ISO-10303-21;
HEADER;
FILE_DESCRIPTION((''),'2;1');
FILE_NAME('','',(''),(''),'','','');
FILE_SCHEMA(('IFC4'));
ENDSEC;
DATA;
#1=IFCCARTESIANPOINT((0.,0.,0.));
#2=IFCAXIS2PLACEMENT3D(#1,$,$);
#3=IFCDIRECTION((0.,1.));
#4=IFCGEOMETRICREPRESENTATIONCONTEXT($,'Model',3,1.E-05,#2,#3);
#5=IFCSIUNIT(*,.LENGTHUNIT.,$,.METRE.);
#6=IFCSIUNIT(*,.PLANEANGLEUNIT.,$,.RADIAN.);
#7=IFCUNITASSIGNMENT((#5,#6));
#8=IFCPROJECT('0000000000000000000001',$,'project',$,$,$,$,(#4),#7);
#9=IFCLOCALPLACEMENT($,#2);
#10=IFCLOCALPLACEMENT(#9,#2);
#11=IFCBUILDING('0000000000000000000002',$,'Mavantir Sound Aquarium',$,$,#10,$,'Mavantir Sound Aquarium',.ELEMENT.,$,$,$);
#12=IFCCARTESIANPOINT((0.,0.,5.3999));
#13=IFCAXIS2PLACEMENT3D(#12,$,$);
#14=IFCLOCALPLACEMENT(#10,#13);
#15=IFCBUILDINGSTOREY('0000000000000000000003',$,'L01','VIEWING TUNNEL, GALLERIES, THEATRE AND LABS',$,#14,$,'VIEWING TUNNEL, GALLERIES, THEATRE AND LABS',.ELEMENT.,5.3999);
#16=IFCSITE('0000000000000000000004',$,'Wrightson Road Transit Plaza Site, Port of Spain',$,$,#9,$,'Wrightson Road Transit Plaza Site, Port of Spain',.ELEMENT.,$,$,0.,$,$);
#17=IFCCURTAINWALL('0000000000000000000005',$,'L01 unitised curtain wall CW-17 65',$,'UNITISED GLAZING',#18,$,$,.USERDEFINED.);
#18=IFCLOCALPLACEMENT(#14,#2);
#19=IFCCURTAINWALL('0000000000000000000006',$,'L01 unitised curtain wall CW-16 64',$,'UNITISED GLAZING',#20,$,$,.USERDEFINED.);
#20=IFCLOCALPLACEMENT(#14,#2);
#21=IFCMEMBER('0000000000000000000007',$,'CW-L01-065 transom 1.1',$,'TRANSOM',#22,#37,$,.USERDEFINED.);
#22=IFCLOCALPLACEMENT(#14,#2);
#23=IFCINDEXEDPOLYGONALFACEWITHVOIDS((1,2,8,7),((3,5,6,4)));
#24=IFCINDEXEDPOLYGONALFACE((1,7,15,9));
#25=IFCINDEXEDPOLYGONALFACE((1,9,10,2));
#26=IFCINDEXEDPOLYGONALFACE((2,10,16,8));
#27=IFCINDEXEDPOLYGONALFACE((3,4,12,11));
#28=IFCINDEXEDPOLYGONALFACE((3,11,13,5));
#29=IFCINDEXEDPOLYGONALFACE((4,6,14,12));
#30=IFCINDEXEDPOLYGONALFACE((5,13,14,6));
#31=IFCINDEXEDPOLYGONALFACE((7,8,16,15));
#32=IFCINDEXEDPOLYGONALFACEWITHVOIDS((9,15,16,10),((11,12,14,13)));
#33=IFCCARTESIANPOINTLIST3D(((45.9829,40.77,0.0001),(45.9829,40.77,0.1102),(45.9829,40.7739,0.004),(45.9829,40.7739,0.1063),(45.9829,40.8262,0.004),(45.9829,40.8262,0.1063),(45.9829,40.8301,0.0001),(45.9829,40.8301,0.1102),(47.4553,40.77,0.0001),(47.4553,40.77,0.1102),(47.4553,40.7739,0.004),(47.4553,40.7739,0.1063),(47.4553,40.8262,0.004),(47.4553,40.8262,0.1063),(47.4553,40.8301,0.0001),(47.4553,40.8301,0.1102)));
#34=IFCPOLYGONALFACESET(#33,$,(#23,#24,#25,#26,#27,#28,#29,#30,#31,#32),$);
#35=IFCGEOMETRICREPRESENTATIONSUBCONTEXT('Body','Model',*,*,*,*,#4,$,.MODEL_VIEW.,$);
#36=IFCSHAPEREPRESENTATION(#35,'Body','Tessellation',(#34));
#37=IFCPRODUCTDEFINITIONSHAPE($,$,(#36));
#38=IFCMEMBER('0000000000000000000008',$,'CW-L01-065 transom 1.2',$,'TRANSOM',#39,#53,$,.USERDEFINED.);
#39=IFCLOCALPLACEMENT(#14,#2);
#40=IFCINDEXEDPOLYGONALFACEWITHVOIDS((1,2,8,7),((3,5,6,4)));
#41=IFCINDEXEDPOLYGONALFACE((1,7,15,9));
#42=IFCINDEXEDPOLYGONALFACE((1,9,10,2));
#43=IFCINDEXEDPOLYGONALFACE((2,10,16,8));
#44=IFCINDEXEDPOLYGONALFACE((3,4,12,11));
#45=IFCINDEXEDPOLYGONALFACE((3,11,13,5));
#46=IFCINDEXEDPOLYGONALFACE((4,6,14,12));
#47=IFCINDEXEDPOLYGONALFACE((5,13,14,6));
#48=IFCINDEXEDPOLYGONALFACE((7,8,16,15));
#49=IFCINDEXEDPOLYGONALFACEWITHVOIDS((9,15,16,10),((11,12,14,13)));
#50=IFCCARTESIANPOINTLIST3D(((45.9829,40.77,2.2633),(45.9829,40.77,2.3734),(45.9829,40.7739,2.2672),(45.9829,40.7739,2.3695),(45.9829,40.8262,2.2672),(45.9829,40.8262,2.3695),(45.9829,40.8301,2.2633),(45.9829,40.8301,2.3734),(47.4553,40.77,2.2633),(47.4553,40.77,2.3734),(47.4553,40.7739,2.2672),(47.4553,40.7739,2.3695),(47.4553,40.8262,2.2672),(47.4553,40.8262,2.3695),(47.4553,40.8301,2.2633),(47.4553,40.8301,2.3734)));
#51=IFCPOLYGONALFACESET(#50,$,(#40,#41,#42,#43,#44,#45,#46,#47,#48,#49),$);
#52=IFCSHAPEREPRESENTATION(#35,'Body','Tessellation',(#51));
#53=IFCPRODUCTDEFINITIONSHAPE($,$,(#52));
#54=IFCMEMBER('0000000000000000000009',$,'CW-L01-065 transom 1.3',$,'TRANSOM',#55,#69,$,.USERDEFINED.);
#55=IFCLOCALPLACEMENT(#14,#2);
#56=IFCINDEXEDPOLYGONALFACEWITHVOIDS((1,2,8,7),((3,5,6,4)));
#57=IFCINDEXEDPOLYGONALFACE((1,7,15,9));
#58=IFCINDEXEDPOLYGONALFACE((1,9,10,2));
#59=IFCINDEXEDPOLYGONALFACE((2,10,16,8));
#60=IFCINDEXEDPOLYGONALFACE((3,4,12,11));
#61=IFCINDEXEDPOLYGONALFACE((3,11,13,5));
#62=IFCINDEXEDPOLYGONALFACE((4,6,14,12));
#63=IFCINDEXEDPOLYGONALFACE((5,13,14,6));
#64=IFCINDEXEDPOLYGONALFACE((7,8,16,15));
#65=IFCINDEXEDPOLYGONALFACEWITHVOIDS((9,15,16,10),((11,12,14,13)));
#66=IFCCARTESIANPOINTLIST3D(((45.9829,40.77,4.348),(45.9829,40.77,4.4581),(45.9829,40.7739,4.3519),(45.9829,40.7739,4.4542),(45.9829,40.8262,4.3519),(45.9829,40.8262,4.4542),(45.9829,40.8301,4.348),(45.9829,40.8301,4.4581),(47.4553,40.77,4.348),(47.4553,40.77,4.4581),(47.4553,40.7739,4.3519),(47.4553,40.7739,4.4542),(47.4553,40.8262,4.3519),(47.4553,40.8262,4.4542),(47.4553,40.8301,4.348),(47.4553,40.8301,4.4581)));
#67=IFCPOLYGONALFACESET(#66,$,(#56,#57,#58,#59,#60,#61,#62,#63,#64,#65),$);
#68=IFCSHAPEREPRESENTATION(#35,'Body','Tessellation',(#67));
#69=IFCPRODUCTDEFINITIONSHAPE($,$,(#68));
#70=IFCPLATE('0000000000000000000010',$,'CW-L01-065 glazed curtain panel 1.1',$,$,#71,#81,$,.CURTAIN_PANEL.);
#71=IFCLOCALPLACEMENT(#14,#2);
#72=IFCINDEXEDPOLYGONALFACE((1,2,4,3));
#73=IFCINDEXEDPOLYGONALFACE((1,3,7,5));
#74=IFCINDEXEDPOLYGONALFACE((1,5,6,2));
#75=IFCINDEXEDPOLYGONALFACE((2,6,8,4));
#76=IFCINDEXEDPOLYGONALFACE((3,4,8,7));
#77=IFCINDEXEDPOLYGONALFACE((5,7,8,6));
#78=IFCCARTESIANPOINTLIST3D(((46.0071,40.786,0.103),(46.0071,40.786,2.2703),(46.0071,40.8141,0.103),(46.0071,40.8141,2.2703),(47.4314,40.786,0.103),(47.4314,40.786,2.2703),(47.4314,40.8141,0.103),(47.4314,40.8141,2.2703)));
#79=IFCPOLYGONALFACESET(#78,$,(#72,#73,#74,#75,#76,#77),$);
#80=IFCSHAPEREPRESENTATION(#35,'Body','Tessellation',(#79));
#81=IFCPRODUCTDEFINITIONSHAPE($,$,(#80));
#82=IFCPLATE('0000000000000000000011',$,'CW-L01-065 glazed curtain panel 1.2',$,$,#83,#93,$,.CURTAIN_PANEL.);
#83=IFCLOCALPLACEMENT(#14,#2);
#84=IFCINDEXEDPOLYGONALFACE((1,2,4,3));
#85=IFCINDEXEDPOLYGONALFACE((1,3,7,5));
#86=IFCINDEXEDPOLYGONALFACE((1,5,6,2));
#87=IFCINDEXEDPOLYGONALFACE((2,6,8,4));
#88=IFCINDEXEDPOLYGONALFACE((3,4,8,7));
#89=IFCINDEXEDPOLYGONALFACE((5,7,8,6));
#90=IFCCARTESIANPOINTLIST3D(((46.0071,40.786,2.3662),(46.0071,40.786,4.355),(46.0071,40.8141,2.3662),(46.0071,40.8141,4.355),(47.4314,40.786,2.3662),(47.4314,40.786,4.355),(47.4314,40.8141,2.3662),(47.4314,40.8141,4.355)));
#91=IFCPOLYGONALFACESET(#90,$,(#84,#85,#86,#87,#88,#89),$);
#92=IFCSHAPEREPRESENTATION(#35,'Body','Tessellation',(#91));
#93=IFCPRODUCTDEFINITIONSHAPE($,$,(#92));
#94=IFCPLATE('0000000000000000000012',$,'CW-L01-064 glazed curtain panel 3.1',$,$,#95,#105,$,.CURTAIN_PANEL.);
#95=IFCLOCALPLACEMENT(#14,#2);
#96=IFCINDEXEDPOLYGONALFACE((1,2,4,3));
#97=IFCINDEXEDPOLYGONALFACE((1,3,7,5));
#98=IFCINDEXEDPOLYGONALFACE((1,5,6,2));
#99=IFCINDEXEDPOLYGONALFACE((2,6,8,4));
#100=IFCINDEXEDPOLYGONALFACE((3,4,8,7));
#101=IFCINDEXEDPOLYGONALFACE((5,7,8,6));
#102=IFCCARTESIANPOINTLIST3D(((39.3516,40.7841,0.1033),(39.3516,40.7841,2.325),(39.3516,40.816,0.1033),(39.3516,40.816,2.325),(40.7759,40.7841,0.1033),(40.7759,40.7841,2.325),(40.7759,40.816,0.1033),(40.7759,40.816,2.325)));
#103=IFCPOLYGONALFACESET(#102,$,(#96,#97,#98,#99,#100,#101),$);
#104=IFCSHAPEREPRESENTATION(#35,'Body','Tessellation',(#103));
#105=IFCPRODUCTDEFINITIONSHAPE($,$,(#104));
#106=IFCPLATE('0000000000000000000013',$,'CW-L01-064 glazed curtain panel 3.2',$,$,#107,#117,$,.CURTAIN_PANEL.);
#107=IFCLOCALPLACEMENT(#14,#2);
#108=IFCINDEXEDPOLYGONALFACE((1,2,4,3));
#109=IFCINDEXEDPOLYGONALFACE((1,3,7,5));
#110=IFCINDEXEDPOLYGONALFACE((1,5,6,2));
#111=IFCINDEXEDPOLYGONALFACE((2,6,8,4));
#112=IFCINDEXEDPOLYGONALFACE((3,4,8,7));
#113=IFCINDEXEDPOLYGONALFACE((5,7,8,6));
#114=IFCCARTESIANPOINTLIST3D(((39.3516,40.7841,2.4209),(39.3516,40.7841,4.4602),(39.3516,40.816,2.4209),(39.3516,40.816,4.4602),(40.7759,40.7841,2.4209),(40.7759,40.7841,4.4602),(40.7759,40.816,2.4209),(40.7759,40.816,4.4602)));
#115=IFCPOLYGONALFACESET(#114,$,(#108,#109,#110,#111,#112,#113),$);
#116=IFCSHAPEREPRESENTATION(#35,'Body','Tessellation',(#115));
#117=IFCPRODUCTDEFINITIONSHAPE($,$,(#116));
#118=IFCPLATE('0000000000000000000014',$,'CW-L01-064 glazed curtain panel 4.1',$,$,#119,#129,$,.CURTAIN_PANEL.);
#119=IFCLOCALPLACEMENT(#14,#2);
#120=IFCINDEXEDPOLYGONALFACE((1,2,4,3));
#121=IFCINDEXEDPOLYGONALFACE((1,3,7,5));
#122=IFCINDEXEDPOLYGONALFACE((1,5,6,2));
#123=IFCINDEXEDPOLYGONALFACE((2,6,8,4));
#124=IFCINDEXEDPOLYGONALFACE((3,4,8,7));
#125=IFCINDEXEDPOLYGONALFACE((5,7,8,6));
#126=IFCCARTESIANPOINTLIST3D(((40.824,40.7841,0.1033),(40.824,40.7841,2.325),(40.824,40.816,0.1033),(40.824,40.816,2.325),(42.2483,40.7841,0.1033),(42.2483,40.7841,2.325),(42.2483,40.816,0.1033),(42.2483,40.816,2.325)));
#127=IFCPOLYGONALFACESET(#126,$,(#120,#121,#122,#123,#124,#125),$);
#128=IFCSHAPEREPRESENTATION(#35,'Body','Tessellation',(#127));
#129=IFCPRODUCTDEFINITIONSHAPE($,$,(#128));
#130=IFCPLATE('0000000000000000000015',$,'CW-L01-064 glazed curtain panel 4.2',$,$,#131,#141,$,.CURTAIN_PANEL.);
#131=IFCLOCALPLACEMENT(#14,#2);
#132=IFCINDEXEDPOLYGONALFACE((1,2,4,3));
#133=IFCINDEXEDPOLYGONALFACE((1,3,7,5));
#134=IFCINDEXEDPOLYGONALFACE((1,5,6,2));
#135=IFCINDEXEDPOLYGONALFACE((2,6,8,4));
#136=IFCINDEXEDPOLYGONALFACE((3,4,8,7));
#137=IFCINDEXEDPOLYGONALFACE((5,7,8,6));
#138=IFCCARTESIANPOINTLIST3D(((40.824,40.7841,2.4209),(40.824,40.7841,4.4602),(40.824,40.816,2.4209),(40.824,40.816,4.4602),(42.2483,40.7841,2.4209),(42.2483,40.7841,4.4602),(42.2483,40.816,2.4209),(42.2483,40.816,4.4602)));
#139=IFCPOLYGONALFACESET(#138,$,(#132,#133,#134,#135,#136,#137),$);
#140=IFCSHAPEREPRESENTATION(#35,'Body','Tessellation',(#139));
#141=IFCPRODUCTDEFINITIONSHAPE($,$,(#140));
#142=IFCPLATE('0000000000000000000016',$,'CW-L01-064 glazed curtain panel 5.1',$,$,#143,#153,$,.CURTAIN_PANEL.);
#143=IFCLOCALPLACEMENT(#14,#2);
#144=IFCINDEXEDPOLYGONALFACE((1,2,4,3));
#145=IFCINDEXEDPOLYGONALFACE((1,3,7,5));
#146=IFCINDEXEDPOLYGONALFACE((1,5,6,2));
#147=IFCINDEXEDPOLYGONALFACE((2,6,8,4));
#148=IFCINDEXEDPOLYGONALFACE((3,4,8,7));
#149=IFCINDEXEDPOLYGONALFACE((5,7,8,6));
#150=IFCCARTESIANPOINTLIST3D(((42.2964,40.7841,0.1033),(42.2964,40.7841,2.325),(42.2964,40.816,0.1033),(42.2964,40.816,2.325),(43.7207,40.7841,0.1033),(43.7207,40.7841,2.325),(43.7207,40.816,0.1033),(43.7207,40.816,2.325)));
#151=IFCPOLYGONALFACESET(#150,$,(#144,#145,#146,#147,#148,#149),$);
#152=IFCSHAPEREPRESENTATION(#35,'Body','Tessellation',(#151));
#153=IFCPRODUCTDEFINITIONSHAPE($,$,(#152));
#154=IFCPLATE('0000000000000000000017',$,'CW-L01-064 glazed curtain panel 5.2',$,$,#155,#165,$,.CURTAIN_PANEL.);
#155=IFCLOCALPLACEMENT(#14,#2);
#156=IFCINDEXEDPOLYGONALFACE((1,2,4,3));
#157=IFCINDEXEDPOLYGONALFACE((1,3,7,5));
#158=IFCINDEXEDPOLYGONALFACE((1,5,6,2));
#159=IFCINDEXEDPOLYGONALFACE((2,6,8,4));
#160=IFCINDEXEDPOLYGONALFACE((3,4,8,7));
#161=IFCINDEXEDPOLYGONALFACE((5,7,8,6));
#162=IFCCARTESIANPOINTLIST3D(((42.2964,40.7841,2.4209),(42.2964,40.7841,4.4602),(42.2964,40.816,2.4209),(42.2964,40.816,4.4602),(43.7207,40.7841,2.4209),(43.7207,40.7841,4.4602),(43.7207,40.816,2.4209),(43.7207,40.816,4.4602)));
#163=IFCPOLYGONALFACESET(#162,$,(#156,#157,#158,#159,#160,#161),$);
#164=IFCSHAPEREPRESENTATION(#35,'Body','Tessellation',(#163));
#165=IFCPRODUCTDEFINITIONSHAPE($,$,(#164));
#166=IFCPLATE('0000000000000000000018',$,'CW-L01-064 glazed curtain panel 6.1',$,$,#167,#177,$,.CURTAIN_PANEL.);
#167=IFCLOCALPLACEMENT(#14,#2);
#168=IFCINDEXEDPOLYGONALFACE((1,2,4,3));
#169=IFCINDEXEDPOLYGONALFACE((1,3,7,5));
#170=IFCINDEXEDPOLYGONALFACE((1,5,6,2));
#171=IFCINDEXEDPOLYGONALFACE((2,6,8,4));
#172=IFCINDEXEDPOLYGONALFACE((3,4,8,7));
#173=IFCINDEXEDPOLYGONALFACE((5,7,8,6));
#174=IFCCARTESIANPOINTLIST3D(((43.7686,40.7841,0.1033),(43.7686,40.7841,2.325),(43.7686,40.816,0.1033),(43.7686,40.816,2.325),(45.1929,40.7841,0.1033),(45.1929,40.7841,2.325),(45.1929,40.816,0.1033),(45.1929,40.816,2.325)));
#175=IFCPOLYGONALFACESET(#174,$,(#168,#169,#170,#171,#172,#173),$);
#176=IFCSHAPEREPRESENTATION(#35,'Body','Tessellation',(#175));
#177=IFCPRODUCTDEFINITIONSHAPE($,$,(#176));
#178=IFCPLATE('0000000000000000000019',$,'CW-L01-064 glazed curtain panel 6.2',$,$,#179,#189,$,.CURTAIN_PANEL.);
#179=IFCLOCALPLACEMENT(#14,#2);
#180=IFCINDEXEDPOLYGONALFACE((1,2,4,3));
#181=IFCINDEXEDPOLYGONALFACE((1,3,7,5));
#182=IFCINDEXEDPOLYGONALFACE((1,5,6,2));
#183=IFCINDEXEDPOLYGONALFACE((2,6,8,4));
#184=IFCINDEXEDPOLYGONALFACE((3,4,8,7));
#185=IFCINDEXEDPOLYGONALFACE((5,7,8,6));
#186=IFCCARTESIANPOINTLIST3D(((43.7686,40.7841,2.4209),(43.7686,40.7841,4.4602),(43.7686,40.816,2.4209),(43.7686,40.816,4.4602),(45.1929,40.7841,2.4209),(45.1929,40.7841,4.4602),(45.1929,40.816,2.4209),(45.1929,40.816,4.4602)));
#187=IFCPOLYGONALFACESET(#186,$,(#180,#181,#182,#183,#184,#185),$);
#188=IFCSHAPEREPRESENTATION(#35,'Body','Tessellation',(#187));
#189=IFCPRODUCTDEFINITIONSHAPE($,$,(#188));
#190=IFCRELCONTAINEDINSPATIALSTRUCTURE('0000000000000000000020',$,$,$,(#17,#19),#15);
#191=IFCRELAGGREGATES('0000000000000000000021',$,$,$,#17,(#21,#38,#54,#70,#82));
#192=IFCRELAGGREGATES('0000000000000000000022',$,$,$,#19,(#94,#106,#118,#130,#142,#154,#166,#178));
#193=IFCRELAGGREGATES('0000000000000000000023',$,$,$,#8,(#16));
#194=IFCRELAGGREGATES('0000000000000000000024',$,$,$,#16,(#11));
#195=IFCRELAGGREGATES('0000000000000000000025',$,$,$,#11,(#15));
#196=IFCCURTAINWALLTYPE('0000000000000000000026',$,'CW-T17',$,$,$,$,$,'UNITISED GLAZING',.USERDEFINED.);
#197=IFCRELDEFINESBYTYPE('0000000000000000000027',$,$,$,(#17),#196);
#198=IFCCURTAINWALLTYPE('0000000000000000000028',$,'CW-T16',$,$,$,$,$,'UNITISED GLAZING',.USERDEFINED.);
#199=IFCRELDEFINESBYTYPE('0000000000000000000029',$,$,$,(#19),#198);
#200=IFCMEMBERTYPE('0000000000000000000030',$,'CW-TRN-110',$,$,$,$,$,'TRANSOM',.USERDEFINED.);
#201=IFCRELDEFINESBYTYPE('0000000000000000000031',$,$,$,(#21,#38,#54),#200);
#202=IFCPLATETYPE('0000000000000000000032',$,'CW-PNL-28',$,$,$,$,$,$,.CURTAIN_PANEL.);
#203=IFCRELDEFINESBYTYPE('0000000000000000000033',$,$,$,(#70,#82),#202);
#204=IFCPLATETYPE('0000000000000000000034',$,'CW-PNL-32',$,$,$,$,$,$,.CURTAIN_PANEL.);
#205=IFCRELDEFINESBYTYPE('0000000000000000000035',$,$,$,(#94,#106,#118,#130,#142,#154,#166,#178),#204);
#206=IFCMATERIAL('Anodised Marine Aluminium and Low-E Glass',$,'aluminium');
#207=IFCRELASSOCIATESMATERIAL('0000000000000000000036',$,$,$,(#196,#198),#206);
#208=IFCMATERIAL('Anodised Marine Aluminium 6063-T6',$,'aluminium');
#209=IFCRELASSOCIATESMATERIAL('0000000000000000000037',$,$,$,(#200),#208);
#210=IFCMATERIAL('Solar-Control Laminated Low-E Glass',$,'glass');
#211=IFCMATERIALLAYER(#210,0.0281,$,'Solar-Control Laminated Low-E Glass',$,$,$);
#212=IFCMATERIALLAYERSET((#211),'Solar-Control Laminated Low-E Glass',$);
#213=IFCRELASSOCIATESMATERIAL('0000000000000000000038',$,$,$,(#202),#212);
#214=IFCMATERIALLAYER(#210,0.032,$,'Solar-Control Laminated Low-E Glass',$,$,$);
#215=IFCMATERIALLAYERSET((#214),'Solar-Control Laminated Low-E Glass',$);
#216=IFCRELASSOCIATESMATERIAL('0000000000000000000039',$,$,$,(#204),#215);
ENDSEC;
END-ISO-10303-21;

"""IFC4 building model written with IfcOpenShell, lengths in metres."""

from ifc_helpers import new_model, si_unit, direction, frame, origin, origin_2d, place, context, subcontext, project, spatial, rectangle, hollow_rectangle, extrude, material, layer, layer_set, material_profile, profile_set, type_object, element, aggregate, save


model = new_model("IFC4")

# Units and contexts
model_context = context("Model", 3, precision=1e-05, world=origin(), true_north=direction((0.0, 1.0)))
body_context = subcontext(model_context, "Body", "Model", "MODEL_VIEW")
ifc_project = project(units=[si_unit("LENGTHUNIT", "METRE"), si_unit("PLANEANGLEUNIT", "RADIAN")], contexts=[model_context])

# Site, building, storey
site_placement = place(None, origin())
site = spatial("IfcSite", under=ifc_project, at=site_placement, Name="Wrightson Road Transit Plaza Site, Port of Spain", LongName="Wrightson Road Transit Plaza Site, Port of Spain", CompositionType="ELEMENT", RefElevation=0.0)
building_placement = place(site_placement, origin())
building = spatial("IfcBuilding", under=site, at=building_placement, Name="Mavantir Sound Aquarium", LongName="Mavantir Sound Aquarium", CompositionType="ELEMENT")
storey_placement = place(building_placement, frame((0.0, 0.0, 5.3999)))
storey = spatial("IfcBuildingStorey", under=building, at=storey_placement, Name="L01", Description="VIEWING TUNNEL, GALLERIES, THEATRE AND LABS", LongName="VIEWING TUNNEL, GALLERIES, THEATRE AND LABS", CompositionType="ELEMENT", Elevation=5.3999)

# Curtain walls
ifc_material_1 = material(Name="Anodised Marine Aluminium and Low-E Glass", Category="aluminium")
curtain_wall_type_1 = type_object("IfcCurtainWallType", Name="CW-T17", ElementType="UNITISED GLAZING", PredefinedType="USERDEFINED", material=ifc_material_1)
curtain_wall_1_placement = place(storey_placement, origin())
curtain_wall_1 = element("IfcCurtainWall", 1, at=curtain_wall_1_placement, inside=storey, type_object=curtain_wall_type_1, Name="L01 unitised curtain wall CW-17 65", ObjectType="UNITISED GLAZING", PredefinedType="USERDEFINED")
ifc_material_2 = material(Name="Anodised Marine Aluminium 6063-T6", Category="aluminium")
curtain_wall_type_2 = type_object("IfcCurtainWallType", Name="CW-T16", ElementType="UNITISED GLAZING", PredefinedType="USERDEFINED", material=ifc_material_1)
curtain_wall_2_placement = place(storey_placement, origin())
curtain_wall_2 = element("IfcCurtainWall", 2, at=curtain_wall_2_placement, inside=storey, type_object=curtain_wall_type_2, Name="L01 unitised curtain wall CW-16 64", ObjectType="UNITISED GLAZING", PredefinedType="USERDEFINED")
ifc_material_profile_1 = material_profile(ifc_material_2, hollow_rectangle(XDim=0.0601, YDim=0.1101, WallThickness=0.0039, at=origin_2d()), Name="ALU-TRANSOM-110X60")
ifc_profile_set_1 = profile_set([ifc_material_profile_1], Name="Anodised Marine Aluminium 6063-T6")
member_type_1 = type_object("IfcMemberType", Name="CW-TRN-110", ElementType="TRANSOM", PredefinedType="USERDEFINED", material=ifc_profile_set_1)

# Members
member_1_placement = place(storey_placement, frame((45.9829, 40.8, 0.0552), z_axis=(1.0, 0.0, 0.0), x_axis=(0.0, 1.0, 0.0)))
member_1 = element("IfcMember", 3, at=member_1_placement, type_object=member_type_1, Name="CW-L01-065 transom 1.1", ObjectType="TRANSOM", PredefinedType="USERDEFINED", context=body_context, shape_type="SweptSolid", body=[
    extrude(hollow_rectangle(XDim=0.0601, YDim=0.1101, WallThickness=0.0039, at=origin_2d()), origin(), (0.0, 0.0, 1.0), 1.4724),
])
member_2_placement = place(storey_placement, frame((45.9829, 40.8, 2.3184), z_axis=(1.0, 0.0, 0.0), x_axis=(0.0, 1.0, 0.0)))
member_2 = element("IfcMember", 4, at=member_2_placement, type_object=member_type_1, Name="CW-L01-065 transom 1.2", ObjectType="TRANSOM", PredefinedType="USERDEFINED", context=body_context, shape_type="SweptSolid", body=[
    extrude(hollow_rectangle(XDim=0.0601, YDim=0.1101, WallThickness=0.0039, at=origin_2d()), origin(), (0.0, 0.0, 1.0), 1.4724),
])
member_3_placement = place(storey_placement, frame((45.9829, 40.8, 4.4031), z_axis=(1.0, 0.0, 0.0), x_axis=(0.0, 1.0, 0.0)))
member_3 = element("IfcMember", 5, at=member_3_placement, type_object=member_type_1, Name="CW-L01-065 transom 1.3", ObjectType="TRANSOM", PredefinedType="USERDEFINED", context=body_context, shape_type="SweptSolid", body=[
    extrude(hollow_rectangle(XDim=0.0601, YDim=0.1101, WallThickness=0.0039, at=origin_2d()), origin(), (0.0, 0.0, 1.0), 1.4724),
])

# Plates
ifc_material_3 = material(Name="Solar-Control Laminated Low-E Glass", Category="glass")
ifc_layer_1 = layer(ifc_material_3, 0.0281, Name="Solar-Control Laminated Low-E Glass")
ifc_layer_set_1 = layer_set([ifc_layer_1], Name="Solar-Control Laminated Low-E Glass")
plate_type_1 = type_object("IfcPlateType", Name="CW-PNL-28", PredefinedType="CURTAIN_PANEL", material=ifc_layer_set_1)
plate_1_placement = place(storey_placement, frame((46.7192, 40.8, 0.103), z_axis=(0.0, 0.0, 1.0), x_axis=(1.0, 0.0, 0.0)))
plate_1 = element("IfcPlate", 6, at=plate_1_placement, type_object=plate_type_1, Name="CW-L01-065 glazed curtain panel 1.1", PredefinedType="CURTAIN_PANEL", context=body_context, shape_type="SweptSolid", body=[
    extrude(rectangle(XDim=1.4243, YDim=0.0281, at=origin_2d()), origin(), (0.0, 0.0, 1.0), 2.1672),
])
plate_2_placement = place(storey_placement, frame((46.7192, 40.8, 2.3662), z_axis=(0.0, 0.0, 1.0), x_axis=(1.0, 0.0, 0.0)))
plate_2 = element("IfcPlate", 7, at=plate_2_placement, type_object=plate_type_1, Name="CW-L01-065 glazed curtain panel 1.2", PredefinedType="CURTAIN_PANEL", context=body_context, shape_type="SweptSolid", body=[
    extrude(rectangle(XDim=1.4243, YDim=0.0281, at=origin_2d()), origin(), (0.0, 0.0, 1.0), 1.9888),
])
aggregate(curtain_wall_1, [member_1, member_2, member_3, plate_1, plate_2])
ifc_layer_2 = layer(ifc_material_3, 0.032, Name="Solar-Control Laminated Low-E Glass")
ifc_layer_set_2 = layer_set([ifc_layer_2], Name="Solar-Control Laminated Low-E Glass")
plate_type_2 = type_object("IfcPlateType", Name="CW-PNL-32", PredefinedType="CURTAIN_PANEL", material=ifc_layer_set_2)
plate_3_placement = place(storey_placement, frame((40.0637, 40.8, 0.1033), z_axis=(0.0, 0.0, 1.0), x_axis=(1.0, 0.0, 0.0)))
plate_3 = element("IfcPlate", 8, at=plate_3_placement, type_object=plate_type_2, Name="CW-L01-064 glazed curtain panel 3.1", PredefinedType="CURTAIN_PANEL", context=body_context, shape_type="SweptSolid", body=[
    extrude(rectangle(XDim=1.4243, YDim=0.032, at=origin_2d()), origin(), (0.0, 0.0, 1.0), 2.2217),
])
plate_4_placement = place(storey_placement, frame((40.0637, 40.8, 2.4209), z_axis=(0.0, 0.0, 1.0), x_axis=(1.0, 0.0, 0.0)))
plate_4 = element("IfcPlate", 9, at=plate_4_placement, type_object=plate_type_2, Name="CW-L01-064 glazed curtain panel 3.2", PredefinedType="CURTAIN_PANEL", context=body_context, shape_type="SweptSolid", body=[
    extrude(rectangle(XDim=1.4243, YDim=0.032, at=origin_2d()), origin(), (0.0, 0.0, 1.0), 2.0393),
])
plate_5_placement = place(storey_placement, frame((41.5361, 40.8, 0.1033), z_axis=(0.0, 0.0, 1.0), x_axis=(1.0, 0.0, 0.0)))
plate_5 = element("IfcPlate", 10, at=plate_5_placement, type_object=plate_type_2, Name="CW-L01-064 glazed curtain panel 4.1", PredefinedType="CURTAIN_PANEL", context=body_context, shape_type="SweptSolid", body=[
    extrude(rectangle(XDim=1.4243, YDim=0.032, at=origin_2d()), origin(), (0.0, 0.0, 1.0), 2.2217),
])
plate_6_placement = place(storey_placement, frame((41.5361, 40.8, 2.4209), z_axis=(0.0, 0.0, 1.0), x_axis=(1.0, 0.0, 0.0)))
plate_6 = element("IfcPlate", 11, at=plate_6_placement, type_object=plate_type_2, Name="CW-L01-064 glazed curtain panel 4.2", PredefinedType="CURTAIN_PANEL", context=body_context, shape_type="SweptSolid", body=[
    extrude(rectangle(XDim=1.4243, YDim=0.032, at=origin_2d()), origin(), (0.0, 0.0, 1.0), 2.0393),
])
plate_7_placement = place(storey_placement, frame((43.0085, 40.8, 0.1033), z_axis=(0.0, 0.0, 1.0), x_axis=(1.0, 0.0, 0.0)))
plate_7 = element("IfcPlate", 12, at=plate_7_placement, type_object=plate_type_2, Name="CW-L01-064 glazed curtain panel 5.1", PredefinedType="CURTAIN_PANEL", context=body_context, shape_type="SweptSolid", body=[
    extrude(rectangle(XDim=1.4243, YDim=0.032, at=origin_2d()), origin(), (0.0, 0.0, 1.0), 2.2217),
])
plate_8_placement = place(storey_placement, frame((43.0085, 40.8, 2.4209), z_axis=(0.0, 0.0, 1.0), x_axis=(1.0, 0.0, 0.0)))
plate_8 = element("IfcPlate", 13, at=plate_8_placement, type_object=plate_type_2, Name="CW-L01-064 glazed curtain panel 5.2", PredefinedType="CURTAIN_PANEL", context=body_context, shape_type="SweptSolid", body=[
    extrude(rectangle(XDim=1.4243, YDim=0.032, at=origin_2d()), origin(), (0.0, 0.0, 1.0), 2.0393),
])
plate_9_placement = place(storey_placement, frame((44.4807, 40.8, 0.1033), z_axis=(0.0, 0.0, 1.0), x_axis=(1.0, 0.0, 0.0)))
plate_9 = element("IfcPlate", 14, at=plate_9_placement, type_object=plate_type_2, Name="CW-L01-064 glazed curtain panel 6.1", PredefinedType="CURTAIN_PANEL", context=body_context, shape_type="SweptSolid", body=[
    extrude(rectangle(XDim=1.4243, YDim=0.032, at=origin_2d()), origin(), (0.0, 0.0, 1.0), 2.2217),
])
plate_10_placement = place(storey_placement, frame((44.4807, 40.8, 2.4209), z_axis=(0.0, 0.0, 1.0), x_axis=(1.0, 0.0, 0.0)))
plate_10 = element("IfcPlate", 15, at=plate_10_placement, type_object=plate_type_2, Name="CW-L01-064 glazed curtain panel 6.2", PredefinedType="CURTAIN_PANEL", context=body_context, shape_type="SweptSolid", body=[
    extrude(rectangle(XDim=1.4243, YDim=0.032, at=origin_2d()), origin(), (0.0, 0.0, 1.0), 2.0393),
])
aggregate(curtain_wall_2, [plate_3, plate_4, plate_5, plate_6, plate_7, plate_8, plate_9, plate_10])

save(model, "model.ifc")
